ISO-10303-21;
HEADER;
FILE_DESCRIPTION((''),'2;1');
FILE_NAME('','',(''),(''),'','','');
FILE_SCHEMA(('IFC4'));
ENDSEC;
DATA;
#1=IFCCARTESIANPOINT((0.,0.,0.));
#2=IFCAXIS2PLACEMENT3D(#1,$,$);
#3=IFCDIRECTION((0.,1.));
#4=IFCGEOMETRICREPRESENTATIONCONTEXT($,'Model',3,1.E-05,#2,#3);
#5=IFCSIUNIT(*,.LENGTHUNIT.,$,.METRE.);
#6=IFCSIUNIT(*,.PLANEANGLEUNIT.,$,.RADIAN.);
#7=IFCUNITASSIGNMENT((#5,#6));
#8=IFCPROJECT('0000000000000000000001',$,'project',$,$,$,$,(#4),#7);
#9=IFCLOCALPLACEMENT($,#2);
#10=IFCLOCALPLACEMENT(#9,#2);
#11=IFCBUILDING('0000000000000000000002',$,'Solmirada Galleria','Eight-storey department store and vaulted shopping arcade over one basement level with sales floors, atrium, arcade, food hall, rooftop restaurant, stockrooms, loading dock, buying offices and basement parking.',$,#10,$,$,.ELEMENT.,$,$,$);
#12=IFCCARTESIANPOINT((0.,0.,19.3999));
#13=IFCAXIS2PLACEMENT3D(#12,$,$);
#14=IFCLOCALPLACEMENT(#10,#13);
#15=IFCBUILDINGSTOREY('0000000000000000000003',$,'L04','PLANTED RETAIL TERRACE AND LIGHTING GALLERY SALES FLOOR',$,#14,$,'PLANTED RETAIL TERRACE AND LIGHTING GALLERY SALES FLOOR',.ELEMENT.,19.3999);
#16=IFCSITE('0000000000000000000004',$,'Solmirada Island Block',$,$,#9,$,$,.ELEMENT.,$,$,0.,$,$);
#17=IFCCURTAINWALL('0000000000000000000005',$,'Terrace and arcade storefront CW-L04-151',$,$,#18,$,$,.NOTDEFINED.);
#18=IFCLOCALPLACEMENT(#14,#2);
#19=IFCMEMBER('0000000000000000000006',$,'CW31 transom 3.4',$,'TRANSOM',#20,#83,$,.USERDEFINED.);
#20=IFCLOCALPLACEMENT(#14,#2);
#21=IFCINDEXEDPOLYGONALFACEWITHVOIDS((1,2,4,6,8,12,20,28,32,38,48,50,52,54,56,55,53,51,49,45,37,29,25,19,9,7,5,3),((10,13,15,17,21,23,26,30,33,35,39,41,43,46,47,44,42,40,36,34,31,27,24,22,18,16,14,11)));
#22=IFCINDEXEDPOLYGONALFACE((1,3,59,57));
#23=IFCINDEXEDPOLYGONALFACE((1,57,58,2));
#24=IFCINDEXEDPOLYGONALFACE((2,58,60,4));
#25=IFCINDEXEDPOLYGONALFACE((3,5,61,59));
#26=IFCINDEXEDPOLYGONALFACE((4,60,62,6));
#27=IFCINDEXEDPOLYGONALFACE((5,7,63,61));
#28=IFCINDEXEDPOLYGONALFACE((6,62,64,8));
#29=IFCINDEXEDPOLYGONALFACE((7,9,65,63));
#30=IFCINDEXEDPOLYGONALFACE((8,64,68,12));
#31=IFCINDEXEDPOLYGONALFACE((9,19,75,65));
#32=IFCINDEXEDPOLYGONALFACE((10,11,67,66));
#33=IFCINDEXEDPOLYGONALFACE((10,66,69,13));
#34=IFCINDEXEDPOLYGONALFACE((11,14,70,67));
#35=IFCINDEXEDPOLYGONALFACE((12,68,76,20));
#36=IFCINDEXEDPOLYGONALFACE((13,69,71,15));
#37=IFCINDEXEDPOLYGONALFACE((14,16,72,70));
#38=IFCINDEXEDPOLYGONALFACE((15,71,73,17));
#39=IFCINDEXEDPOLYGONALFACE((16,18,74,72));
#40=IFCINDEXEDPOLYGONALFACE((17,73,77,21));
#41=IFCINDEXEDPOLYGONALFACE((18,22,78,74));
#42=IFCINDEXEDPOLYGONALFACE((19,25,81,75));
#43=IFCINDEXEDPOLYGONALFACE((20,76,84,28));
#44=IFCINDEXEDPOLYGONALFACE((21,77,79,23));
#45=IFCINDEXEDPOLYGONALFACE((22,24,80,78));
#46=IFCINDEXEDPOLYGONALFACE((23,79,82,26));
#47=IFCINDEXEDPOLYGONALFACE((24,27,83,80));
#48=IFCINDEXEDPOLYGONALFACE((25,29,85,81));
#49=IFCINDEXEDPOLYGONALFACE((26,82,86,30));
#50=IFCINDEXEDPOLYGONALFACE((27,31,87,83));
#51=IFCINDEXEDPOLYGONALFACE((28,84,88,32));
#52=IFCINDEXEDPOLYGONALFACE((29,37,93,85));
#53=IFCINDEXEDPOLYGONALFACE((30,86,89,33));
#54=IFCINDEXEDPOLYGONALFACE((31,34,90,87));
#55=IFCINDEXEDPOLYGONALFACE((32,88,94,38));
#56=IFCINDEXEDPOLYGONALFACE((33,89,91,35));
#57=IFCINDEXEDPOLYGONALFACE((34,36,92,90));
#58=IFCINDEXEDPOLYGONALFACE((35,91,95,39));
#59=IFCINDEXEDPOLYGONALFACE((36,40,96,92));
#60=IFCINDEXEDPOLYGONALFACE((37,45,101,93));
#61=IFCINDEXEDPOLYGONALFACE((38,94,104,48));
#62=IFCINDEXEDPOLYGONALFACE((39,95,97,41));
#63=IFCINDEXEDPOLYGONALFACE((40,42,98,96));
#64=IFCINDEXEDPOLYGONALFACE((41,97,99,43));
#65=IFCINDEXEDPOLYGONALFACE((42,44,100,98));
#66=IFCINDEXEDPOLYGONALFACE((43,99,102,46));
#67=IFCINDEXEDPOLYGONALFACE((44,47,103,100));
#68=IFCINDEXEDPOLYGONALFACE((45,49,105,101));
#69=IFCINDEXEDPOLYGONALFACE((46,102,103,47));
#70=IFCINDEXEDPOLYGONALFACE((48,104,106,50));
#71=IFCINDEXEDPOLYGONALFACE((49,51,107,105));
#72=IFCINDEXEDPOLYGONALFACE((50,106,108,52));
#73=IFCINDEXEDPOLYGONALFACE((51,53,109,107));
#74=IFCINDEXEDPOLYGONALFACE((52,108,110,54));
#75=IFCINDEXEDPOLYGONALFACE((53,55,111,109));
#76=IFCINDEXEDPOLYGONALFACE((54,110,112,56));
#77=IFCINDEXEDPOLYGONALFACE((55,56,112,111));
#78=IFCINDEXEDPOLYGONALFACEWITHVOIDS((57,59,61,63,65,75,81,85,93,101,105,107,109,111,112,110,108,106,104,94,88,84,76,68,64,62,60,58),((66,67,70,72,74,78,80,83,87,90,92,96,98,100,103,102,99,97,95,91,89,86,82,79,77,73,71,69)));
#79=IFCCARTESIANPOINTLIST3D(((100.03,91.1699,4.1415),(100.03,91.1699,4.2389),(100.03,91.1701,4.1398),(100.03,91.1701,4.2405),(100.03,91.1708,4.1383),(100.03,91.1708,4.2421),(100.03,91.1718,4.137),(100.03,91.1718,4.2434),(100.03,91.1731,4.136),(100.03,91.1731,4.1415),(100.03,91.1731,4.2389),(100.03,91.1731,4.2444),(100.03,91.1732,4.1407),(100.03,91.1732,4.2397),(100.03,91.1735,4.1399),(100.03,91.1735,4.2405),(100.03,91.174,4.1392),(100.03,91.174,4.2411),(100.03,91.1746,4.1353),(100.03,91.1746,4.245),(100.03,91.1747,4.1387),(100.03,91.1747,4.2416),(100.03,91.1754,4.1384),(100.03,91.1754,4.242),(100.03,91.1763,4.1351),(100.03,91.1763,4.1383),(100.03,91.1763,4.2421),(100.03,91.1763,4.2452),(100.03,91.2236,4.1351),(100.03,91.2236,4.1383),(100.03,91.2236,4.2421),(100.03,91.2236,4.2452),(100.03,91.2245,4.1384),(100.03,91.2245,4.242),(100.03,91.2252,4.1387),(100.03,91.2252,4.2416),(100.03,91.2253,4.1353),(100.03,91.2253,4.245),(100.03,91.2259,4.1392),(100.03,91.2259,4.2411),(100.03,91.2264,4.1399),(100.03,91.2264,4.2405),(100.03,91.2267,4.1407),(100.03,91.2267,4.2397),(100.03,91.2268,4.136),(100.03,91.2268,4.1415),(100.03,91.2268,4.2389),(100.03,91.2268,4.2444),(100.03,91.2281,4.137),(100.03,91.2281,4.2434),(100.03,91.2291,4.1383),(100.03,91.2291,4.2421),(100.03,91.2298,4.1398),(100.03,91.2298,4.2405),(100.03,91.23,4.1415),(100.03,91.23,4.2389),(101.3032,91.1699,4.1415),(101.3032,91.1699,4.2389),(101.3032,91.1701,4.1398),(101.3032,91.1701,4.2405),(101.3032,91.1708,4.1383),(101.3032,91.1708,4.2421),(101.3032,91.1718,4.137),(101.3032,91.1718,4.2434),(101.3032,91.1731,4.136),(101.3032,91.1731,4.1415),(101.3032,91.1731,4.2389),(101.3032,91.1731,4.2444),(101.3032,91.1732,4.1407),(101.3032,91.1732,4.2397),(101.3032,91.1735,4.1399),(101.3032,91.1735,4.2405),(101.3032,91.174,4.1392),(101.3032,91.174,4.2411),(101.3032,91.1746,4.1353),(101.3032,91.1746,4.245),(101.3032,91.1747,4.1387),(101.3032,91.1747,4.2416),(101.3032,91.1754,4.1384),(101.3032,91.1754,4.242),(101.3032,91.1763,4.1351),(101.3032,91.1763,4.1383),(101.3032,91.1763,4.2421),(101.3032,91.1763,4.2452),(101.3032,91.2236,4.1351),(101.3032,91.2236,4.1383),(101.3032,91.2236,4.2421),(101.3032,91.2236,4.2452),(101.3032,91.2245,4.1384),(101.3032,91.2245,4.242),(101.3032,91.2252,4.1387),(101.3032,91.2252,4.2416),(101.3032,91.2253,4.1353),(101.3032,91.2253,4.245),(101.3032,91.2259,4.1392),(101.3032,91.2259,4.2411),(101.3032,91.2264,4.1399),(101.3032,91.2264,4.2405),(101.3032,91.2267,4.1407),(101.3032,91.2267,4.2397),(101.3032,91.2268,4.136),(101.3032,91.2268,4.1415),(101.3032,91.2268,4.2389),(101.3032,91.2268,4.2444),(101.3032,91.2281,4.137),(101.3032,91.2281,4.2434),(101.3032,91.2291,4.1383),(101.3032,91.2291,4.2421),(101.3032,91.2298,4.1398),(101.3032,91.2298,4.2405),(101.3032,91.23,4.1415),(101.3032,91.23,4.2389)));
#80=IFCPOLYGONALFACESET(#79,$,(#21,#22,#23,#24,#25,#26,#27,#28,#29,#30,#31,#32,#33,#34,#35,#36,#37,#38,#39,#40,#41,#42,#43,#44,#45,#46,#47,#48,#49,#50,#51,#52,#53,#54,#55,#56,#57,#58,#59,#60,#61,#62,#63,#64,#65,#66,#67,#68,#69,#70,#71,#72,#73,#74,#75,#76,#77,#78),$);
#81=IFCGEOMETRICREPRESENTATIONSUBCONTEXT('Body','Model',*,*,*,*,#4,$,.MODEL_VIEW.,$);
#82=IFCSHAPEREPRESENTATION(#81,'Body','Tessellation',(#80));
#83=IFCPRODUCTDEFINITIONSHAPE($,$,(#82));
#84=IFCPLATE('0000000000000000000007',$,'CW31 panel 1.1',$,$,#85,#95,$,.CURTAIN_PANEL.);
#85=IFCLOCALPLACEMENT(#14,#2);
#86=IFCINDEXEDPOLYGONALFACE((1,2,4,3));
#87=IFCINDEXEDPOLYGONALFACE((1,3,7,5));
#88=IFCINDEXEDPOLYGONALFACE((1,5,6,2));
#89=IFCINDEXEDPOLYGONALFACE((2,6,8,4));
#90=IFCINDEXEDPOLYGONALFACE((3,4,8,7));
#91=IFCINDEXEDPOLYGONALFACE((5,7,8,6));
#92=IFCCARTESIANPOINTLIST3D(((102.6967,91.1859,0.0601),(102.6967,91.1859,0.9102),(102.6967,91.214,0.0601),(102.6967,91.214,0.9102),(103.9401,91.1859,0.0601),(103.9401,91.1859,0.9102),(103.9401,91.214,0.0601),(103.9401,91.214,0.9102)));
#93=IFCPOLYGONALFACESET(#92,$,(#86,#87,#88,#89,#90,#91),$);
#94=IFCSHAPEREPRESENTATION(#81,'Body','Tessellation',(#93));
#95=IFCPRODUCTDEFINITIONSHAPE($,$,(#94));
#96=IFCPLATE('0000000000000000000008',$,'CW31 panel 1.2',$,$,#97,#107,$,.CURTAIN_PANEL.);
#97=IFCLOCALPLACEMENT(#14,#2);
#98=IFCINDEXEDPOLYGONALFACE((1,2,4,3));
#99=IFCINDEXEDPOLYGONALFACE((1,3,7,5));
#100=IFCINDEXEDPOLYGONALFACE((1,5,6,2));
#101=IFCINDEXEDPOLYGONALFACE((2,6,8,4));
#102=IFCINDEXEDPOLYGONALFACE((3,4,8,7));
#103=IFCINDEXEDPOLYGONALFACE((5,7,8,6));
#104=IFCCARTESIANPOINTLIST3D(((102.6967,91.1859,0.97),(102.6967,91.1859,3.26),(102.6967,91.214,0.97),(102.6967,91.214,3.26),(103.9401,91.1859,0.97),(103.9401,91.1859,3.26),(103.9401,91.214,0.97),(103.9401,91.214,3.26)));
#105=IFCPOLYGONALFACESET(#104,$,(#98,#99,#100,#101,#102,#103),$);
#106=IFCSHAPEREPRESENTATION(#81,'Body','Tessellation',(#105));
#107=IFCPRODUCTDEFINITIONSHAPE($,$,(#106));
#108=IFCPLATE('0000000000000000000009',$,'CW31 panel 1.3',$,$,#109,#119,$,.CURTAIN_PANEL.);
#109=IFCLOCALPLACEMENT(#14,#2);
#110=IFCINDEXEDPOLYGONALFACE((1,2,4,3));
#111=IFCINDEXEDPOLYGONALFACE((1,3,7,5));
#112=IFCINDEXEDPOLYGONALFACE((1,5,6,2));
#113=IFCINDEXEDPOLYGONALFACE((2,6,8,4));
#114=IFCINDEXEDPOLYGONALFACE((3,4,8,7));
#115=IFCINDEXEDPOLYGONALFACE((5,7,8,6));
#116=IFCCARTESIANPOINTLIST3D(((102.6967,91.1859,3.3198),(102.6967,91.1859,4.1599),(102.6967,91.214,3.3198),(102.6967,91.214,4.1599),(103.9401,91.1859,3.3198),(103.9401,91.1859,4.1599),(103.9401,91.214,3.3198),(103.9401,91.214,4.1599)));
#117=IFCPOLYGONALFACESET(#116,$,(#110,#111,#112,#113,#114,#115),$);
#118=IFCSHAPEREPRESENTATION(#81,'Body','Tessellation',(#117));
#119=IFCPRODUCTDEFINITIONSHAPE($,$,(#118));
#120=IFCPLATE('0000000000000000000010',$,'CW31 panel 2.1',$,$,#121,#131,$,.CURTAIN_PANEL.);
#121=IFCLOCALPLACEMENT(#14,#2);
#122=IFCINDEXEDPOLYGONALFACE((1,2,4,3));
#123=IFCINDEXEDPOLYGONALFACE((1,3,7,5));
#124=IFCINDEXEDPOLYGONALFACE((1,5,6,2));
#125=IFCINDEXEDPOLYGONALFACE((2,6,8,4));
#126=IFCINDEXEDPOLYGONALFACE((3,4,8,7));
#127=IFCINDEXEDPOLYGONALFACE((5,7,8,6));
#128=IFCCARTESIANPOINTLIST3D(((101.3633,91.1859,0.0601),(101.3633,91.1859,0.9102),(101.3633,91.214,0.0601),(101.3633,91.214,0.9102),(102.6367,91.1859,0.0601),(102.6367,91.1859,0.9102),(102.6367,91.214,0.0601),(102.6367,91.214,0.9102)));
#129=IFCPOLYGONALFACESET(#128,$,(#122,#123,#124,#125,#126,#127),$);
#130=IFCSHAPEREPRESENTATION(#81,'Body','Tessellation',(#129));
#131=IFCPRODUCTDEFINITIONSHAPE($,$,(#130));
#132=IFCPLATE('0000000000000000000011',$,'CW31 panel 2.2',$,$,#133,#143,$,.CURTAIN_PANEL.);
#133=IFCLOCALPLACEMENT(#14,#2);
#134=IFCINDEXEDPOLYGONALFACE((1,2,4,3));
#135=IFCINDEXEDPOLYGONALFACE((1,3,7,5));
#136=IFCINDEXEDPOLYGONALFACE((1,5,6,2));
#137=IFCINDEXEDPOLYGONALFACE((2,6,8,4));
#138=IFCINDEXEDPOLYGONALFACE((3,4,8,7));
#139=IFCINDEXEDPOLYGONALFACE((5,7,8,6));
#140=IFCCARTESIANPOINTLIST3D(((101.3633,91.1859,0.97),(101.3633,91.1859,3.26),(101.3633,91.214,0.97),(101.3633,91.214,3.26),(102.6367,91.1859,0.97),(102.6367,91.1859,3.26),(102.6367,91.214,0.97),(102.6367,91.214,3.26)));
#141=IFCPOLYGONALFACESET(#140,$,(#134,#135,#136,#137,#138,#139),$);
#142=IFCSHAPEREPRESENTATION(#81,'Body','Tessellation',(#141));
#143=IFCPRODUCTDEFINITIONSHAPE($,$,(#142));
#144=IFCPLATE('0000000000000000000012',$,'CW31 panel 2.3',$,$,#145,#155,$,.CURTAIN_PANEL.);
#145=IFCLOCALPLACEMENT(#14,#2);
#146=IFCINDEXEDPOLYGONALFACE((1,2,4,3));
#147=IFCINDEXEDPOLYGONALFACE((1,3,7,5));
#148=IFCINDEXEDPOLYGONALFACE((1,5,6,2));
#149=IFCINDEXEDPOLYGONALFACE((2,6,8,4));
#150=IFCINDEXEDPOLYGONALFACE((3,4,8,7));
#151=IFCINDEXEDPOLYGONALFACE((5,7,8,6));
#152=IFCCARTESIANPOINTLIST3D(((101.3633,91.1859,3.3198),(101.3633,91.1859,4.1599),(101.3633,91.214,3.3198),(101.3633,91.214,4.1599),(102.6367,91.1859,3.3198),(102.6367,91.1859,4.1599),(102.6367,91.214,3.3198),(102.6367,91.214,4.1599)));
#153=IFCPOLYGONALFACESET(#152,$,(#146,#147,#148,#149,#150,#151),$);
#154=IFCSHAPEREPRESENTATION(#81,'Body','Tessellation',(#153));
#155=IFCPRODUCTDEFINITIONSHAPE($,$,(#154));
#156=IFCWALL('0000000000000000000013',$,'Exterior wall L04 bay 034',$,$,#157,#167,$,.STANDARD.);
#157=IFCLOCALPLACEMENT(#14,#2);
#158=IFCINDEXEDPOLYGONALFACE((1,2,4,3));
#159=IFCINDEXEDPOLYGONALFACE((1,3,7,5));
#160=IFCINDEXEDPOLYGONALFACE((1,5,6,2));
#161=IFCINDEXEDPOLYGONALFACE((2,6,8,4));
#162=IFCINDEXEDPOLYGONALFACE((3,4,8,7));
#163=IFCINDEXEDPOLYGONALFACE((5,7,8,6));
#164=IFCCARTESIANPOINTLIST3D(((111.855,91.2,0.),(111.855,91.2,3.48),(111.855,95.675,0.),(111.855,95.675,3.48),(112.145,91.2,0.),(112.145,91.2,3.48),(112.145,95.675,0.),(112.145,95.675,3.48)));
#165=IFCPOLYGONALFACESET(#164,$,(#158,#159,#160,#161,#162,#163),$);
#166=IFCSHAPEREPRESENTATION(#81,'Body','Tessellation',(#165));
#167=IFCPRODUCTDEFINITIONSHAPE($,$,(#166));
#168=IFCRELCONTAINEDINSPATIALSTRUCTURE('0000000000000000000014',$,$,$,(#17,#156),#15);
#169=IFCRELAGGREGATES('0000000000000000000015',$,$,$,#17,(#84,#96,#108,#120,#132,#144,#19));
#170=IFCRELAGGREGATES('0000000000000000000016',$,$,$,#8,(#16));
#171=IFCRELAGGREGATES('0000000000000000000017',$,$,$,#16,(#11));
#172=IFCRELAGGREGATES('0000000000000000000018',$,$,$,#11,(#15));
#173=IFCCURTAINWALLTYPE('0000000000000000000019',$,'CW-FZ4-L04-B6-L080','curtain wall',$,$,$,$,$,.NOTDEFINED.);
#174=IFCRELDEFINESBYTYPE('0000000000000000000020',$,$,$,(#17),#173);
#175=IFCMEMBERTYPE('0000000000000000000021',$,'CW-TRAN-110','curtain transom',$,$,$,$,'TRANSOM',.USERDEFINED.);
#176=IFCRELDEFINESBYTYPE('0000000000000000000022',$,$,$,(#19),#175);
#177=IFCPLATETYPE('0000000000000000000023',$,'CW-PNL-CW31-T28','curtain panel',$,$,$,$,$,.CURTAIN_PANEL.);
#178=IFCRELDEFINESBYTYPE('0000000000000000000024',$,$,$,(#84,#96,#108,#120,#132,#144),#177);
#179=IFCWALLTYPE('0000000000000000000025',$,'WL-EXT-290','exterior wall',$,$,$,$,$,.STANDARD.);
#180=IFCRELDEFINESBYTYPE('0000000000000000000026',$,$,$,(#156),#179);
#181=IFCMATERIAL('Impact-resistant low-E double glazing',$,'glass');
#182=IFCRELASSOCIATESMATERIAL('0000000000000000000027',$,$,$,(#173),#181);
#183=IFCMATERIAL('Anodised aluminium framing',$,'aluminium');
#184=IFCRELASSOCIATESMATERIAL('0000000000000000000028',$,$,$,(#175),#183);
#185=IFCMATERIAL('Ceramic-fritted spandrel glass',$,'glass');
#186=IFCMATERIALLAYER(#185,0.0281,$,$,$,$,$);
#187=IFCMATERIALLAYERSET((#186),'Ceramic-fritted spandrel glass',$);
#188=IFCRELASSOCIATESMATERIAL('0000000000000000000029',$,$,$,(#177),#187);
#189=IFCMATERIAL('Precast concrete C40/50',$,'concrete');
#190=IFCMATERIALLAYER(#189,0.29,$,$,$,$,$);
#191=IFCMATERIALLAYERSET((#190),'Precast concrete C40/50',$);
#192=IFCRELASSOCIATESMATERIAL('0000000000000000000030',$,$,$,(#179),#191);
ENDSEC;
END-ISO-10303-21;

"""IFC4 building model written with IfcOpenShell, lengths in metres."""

from ifc_helpers import new_model, si_unit, direction, frame, frame_2d, origin, origin_2d, place, context, subcontext, project, spatial, rectangle, hollow_rectangle, extrude, material, layer, layer_set, material_profile, profile_set, type_object, element, aggregate, save


model = new_model("IFC4")

# Units and contexts
model_context = context("Model", 3, precision=1e-05, world=origin(), true_north=direction((0.0, 1.0)))
body_context = subcontext(model_context, "Body", "Model", "MODEL_VIEW")
ifc_project = project(units=[si_unit("LENGTHUNIT", "METRE"), si_unit("PLANEANGLEUNIT", "RADIAN")], contexts=[model_context])

# Site, building, storey
site_placement = place(None, origin())
site = spatial("IfcSite", under=ifc_project, at=site_placement, Name="Solmirada Island Block", CompositionType="ELEMENT", RefElevation=0.0)
building_placement = place(site_placement, origin())
building = spatial("IfcBuilding", under=site, at=building_placement, Name="Solmirada Galleria", Description="Eight-storey department store and vaulted shopping arcade over one basement level with sales floors, atrium, arcade, food hall, rooftop restaurant, stockrooms, loading dock, buying offices and basement parking.", CompositionType="ELEMENT")
storey_placement = place(building_placement, frame((0.0, 0.0, 19.3999)))
storey = spatial("IfcBuildingStorey", under=building, at=storey_placement, Name="L04", Description="PLANTED RETAIL TERRACE AND LIGHTING GALLERY SALES FLOOR", LongName="PLANTED RETAIL TERRACE AND LIGHTING GALLERY SALES FLOOR", CompositionType="ELEMENT", Elevation=19.3999)

# Curtain wall, member, plates
ifc_material_1 = material(Name="Impact-resistant low-E double glazing", Category="glass")
curtain_wall_type = type_object("IfcCurtainWallType", Name="CW-FZ4-L04-B6-L080", Description="curtain wall", PredefinedType="NOTDEFINED", material=ifc_material_1)
curtain_wall_placement = place(storey_placement, origin())
curtain_wall = element("IfcCurtainWall", 1, at=curtain_wall_placement, inside=storey, type_object=curtain_wall_type, Name="Terrace and arcade storefront CW-L04-151", PredefinedType="NOTDEFINED")
ifc_material_2 = material(Name="Anodised aluminium framing", Category="aluminium")
ifc_material_profile_1 = material_profile(ifc_material_2, hollow_rectangle(XDim=0.0601, YDim=0.1101, WallThickness=0.0032, InnerFilletRadius=0.0032, OuterFilletRadius=0.0063, at=origin_2d()), Name="ALU-TRAN-110X60")
ifc_profile_set_1 = profile_set([ifc_material_profile_1], Name="Anodised aluminium framing")
member_type_1 = type_object("IfcMemberType", Name="CW-TRAN-110", Description="curtain transom", ElementType="TRANSOM", PredefinedType="USERDEFINED", material=ifc_profile_set_1)
member_1_placement = place(storey_placement, frame((101.3032, 91.2, 4.1902), z_axis=(-1.0, 0.0, 0.0), x_axis=(0.0, -1.0, 0.0)))
member_1 = element("IfcMember", 2, at=member_1_placement, type_object=member_type_1, Name="CW31 transom 3.4", ObjectType="TRANSOM", PredefinedType="USERDEFINED", context=body_context, shape_type="SweptSolid", body=[
    extrude(hollow_rectangle(XDim=0.0601, YDim=0.1101, WallThickness=0.0032, InnerFilletRadius=0.0032, OuterFilletRadius=0.0063, at=origin_2d()), origin(), (0.0, 0.0, 1.0), 1.2732),
])
ifc_material_3 = material(Name="Ceramic-fritted spandrel glass", Category="glass")
ifc_layer_1 = layer(ifc_material_3, 0.0281)
ifc_layer_set_1 = layer_set([ifc_layer_1], Name="Ceramic-fritted spandrel glass")
plate_type = type_object("IfcPlateType", Name="CW-PNL-CW31-T28", Description="curtain panel", PredefinedType="CURTAIN_PANEL", material=ifc_layer_set_1)
plate_1_placement = place(storey_placement, frame((103.3184, 91.2, 0.0601), z_axis=(0.0, 0.0, 1.0), x_axis=(-1.0, 0.0, 0.0)))
plate_1 = element("IfcPlate", 3, at=plate_1_placement, type_object=plate_type, Name="CW31 panel 1.1", PredefinedType="CURTAIN_PANEL", context=body_context, shape_type="SweptSolid", body=[
    extrude(rectangle(XDim=1.2434, YDim=0.0281, at=origin_2d()), origin(), (0.0, 0.0, 1.0), 0.8501),
])
plate_2_placement = place(storey_placement, frame((103.3184, 91.2, 0.97), z_axis=(0.0, 0.0, 1.0), x_axis=(-1.0, 0.0, 0.0)))
plate_2 = element("IfcPlate", 4, at=plate_2_placement, type_object=plate_type, Name="CW31 panel 1.2", PredefinedType="CURTAIN_PANEL", context=body_context, shape_type="SweptSolid", body=[
    extrude(rectangle(XDim=1.2434, YDim=0.0281, at=origin_2d()), origin(), (0.0, 0.0, 1.0), 2.29),
])
plate_3_placement = place(storey_placement, frame((103.3184, 91.2, 3.3198), z_axis=(0.0, 0.0, 1.0), x_axis=(-1.0, 0.0, 0.0)))
plate_3 = element("IfcPlate", 5, at=plate_3_placement, type_object=plate_type, Name="CW31 panel 1.3", PredefinedType="CURTAIN_PANEL", context=body_context, shape_type="SweptSolid", body=[
    extrude(rectangle(XDim=1.2434, YDim=0.0281, at=origin_2d()), origin(), (0.0, 0.0, 1.0), 0.8401),
])
plate_4_placement = place(storey_placement, frame((102.0, 91.2, 0.0601), z_axis=(0.0, 0.0, 1.0), x_axis=(-1.0, 0.0, 0.0)))
plate_4 = element("IfcPlate", 6, at=plate_4_placement, type_object=plate_type, Name="CW31 panel 2.1", PredefinedType="CURTAIN_PANEL", context=body_context, shape_type="SweptSolid", body=[
    extrude(rectangle(XDim=1.2734, YDim=0.0281, at=origin_2d()), origin(), (0.0, 0.0, 1.0), 0.8501),
])
plate_5_placement = place(storey_placement, frame((102.0, 91.2, 0.97), z_axis=(0.0, 0.0, 1.0), x_axis=(-1.0, 0.0, 0.0)))
plate_5 = element("IfcPlate", 7, at=plate_5_placement, type_object=plate_type, Name="CW31 panel 2.2", PredefinedType="CURTAIN_PANEL", context=body_context, shape_type="SweptSolid", body=[
    extrude(rectangle(XDim=1.2734, YDim=0.0281, at=origin_2d()), origin(), (0.0, 0.0, 1.0), 2.29),
])
plate_6_placement = place(storey_placement, frame((102.0, 91.2, 3.3198), z_axis=(0.0, 0.0, 1.0), x_axis=(-1.0, 0.0, 0.0)))
plate_6 = element("IfcPlate", 8, at=plate_6_placement, type_object=plate_type, Name="CW31 panel 2.3", PredefinedType="CURTAIN_PANEL", context=body_context, shape_type="SweptSolid", body=[
    extrude(rectangle(XDim=1.2734, YDim=0.0281, at=origin_2d()), origin(), (0.0, 0.0, 1.0), 0.8401),
])
aggregate(curtain_wall, [plate_1, plate_2, plate_3, plate_4, plate_5, plate_6, member_1])

# Wall
ifc_material_4 = material(Name="Precast concrete C40/50", Category="concrete")
ifc_layer_2 = layer(ifc_material_4, 0.29)
ifc_layer_set_2 = layer_set([ifc_layer_2], Name="Precast concrete C40/50")
wall_type = type_object("IfcWallType", Name="WL-EXT-290", Description="exterior wall", PredefinedType="STANDARD", material=ifc_layer_set_2)
wall_1_placement = place(storey_placement, frame((112.0, 95.675, 0.0), z_axis=(0.0, 0.0, 1.0), x_axis=(0.0, -1.0, 0.0)))
element("IfcWall", 9, at=wall_1_placement, inside=storey, type_object=wall_type, Name="Exterior wall L04 bay 034", PredefinedType="STANDARD", context=body_context, shape_type="SweptSolid", body=[
    extrude(rectangle(XDim=4.4751, YDim=0.29, at=frame_2d((2.2375, 0.0))), origin(), (0.0, 0.0, 1.0), 3.48),
])

save(model, "model.ifc")
